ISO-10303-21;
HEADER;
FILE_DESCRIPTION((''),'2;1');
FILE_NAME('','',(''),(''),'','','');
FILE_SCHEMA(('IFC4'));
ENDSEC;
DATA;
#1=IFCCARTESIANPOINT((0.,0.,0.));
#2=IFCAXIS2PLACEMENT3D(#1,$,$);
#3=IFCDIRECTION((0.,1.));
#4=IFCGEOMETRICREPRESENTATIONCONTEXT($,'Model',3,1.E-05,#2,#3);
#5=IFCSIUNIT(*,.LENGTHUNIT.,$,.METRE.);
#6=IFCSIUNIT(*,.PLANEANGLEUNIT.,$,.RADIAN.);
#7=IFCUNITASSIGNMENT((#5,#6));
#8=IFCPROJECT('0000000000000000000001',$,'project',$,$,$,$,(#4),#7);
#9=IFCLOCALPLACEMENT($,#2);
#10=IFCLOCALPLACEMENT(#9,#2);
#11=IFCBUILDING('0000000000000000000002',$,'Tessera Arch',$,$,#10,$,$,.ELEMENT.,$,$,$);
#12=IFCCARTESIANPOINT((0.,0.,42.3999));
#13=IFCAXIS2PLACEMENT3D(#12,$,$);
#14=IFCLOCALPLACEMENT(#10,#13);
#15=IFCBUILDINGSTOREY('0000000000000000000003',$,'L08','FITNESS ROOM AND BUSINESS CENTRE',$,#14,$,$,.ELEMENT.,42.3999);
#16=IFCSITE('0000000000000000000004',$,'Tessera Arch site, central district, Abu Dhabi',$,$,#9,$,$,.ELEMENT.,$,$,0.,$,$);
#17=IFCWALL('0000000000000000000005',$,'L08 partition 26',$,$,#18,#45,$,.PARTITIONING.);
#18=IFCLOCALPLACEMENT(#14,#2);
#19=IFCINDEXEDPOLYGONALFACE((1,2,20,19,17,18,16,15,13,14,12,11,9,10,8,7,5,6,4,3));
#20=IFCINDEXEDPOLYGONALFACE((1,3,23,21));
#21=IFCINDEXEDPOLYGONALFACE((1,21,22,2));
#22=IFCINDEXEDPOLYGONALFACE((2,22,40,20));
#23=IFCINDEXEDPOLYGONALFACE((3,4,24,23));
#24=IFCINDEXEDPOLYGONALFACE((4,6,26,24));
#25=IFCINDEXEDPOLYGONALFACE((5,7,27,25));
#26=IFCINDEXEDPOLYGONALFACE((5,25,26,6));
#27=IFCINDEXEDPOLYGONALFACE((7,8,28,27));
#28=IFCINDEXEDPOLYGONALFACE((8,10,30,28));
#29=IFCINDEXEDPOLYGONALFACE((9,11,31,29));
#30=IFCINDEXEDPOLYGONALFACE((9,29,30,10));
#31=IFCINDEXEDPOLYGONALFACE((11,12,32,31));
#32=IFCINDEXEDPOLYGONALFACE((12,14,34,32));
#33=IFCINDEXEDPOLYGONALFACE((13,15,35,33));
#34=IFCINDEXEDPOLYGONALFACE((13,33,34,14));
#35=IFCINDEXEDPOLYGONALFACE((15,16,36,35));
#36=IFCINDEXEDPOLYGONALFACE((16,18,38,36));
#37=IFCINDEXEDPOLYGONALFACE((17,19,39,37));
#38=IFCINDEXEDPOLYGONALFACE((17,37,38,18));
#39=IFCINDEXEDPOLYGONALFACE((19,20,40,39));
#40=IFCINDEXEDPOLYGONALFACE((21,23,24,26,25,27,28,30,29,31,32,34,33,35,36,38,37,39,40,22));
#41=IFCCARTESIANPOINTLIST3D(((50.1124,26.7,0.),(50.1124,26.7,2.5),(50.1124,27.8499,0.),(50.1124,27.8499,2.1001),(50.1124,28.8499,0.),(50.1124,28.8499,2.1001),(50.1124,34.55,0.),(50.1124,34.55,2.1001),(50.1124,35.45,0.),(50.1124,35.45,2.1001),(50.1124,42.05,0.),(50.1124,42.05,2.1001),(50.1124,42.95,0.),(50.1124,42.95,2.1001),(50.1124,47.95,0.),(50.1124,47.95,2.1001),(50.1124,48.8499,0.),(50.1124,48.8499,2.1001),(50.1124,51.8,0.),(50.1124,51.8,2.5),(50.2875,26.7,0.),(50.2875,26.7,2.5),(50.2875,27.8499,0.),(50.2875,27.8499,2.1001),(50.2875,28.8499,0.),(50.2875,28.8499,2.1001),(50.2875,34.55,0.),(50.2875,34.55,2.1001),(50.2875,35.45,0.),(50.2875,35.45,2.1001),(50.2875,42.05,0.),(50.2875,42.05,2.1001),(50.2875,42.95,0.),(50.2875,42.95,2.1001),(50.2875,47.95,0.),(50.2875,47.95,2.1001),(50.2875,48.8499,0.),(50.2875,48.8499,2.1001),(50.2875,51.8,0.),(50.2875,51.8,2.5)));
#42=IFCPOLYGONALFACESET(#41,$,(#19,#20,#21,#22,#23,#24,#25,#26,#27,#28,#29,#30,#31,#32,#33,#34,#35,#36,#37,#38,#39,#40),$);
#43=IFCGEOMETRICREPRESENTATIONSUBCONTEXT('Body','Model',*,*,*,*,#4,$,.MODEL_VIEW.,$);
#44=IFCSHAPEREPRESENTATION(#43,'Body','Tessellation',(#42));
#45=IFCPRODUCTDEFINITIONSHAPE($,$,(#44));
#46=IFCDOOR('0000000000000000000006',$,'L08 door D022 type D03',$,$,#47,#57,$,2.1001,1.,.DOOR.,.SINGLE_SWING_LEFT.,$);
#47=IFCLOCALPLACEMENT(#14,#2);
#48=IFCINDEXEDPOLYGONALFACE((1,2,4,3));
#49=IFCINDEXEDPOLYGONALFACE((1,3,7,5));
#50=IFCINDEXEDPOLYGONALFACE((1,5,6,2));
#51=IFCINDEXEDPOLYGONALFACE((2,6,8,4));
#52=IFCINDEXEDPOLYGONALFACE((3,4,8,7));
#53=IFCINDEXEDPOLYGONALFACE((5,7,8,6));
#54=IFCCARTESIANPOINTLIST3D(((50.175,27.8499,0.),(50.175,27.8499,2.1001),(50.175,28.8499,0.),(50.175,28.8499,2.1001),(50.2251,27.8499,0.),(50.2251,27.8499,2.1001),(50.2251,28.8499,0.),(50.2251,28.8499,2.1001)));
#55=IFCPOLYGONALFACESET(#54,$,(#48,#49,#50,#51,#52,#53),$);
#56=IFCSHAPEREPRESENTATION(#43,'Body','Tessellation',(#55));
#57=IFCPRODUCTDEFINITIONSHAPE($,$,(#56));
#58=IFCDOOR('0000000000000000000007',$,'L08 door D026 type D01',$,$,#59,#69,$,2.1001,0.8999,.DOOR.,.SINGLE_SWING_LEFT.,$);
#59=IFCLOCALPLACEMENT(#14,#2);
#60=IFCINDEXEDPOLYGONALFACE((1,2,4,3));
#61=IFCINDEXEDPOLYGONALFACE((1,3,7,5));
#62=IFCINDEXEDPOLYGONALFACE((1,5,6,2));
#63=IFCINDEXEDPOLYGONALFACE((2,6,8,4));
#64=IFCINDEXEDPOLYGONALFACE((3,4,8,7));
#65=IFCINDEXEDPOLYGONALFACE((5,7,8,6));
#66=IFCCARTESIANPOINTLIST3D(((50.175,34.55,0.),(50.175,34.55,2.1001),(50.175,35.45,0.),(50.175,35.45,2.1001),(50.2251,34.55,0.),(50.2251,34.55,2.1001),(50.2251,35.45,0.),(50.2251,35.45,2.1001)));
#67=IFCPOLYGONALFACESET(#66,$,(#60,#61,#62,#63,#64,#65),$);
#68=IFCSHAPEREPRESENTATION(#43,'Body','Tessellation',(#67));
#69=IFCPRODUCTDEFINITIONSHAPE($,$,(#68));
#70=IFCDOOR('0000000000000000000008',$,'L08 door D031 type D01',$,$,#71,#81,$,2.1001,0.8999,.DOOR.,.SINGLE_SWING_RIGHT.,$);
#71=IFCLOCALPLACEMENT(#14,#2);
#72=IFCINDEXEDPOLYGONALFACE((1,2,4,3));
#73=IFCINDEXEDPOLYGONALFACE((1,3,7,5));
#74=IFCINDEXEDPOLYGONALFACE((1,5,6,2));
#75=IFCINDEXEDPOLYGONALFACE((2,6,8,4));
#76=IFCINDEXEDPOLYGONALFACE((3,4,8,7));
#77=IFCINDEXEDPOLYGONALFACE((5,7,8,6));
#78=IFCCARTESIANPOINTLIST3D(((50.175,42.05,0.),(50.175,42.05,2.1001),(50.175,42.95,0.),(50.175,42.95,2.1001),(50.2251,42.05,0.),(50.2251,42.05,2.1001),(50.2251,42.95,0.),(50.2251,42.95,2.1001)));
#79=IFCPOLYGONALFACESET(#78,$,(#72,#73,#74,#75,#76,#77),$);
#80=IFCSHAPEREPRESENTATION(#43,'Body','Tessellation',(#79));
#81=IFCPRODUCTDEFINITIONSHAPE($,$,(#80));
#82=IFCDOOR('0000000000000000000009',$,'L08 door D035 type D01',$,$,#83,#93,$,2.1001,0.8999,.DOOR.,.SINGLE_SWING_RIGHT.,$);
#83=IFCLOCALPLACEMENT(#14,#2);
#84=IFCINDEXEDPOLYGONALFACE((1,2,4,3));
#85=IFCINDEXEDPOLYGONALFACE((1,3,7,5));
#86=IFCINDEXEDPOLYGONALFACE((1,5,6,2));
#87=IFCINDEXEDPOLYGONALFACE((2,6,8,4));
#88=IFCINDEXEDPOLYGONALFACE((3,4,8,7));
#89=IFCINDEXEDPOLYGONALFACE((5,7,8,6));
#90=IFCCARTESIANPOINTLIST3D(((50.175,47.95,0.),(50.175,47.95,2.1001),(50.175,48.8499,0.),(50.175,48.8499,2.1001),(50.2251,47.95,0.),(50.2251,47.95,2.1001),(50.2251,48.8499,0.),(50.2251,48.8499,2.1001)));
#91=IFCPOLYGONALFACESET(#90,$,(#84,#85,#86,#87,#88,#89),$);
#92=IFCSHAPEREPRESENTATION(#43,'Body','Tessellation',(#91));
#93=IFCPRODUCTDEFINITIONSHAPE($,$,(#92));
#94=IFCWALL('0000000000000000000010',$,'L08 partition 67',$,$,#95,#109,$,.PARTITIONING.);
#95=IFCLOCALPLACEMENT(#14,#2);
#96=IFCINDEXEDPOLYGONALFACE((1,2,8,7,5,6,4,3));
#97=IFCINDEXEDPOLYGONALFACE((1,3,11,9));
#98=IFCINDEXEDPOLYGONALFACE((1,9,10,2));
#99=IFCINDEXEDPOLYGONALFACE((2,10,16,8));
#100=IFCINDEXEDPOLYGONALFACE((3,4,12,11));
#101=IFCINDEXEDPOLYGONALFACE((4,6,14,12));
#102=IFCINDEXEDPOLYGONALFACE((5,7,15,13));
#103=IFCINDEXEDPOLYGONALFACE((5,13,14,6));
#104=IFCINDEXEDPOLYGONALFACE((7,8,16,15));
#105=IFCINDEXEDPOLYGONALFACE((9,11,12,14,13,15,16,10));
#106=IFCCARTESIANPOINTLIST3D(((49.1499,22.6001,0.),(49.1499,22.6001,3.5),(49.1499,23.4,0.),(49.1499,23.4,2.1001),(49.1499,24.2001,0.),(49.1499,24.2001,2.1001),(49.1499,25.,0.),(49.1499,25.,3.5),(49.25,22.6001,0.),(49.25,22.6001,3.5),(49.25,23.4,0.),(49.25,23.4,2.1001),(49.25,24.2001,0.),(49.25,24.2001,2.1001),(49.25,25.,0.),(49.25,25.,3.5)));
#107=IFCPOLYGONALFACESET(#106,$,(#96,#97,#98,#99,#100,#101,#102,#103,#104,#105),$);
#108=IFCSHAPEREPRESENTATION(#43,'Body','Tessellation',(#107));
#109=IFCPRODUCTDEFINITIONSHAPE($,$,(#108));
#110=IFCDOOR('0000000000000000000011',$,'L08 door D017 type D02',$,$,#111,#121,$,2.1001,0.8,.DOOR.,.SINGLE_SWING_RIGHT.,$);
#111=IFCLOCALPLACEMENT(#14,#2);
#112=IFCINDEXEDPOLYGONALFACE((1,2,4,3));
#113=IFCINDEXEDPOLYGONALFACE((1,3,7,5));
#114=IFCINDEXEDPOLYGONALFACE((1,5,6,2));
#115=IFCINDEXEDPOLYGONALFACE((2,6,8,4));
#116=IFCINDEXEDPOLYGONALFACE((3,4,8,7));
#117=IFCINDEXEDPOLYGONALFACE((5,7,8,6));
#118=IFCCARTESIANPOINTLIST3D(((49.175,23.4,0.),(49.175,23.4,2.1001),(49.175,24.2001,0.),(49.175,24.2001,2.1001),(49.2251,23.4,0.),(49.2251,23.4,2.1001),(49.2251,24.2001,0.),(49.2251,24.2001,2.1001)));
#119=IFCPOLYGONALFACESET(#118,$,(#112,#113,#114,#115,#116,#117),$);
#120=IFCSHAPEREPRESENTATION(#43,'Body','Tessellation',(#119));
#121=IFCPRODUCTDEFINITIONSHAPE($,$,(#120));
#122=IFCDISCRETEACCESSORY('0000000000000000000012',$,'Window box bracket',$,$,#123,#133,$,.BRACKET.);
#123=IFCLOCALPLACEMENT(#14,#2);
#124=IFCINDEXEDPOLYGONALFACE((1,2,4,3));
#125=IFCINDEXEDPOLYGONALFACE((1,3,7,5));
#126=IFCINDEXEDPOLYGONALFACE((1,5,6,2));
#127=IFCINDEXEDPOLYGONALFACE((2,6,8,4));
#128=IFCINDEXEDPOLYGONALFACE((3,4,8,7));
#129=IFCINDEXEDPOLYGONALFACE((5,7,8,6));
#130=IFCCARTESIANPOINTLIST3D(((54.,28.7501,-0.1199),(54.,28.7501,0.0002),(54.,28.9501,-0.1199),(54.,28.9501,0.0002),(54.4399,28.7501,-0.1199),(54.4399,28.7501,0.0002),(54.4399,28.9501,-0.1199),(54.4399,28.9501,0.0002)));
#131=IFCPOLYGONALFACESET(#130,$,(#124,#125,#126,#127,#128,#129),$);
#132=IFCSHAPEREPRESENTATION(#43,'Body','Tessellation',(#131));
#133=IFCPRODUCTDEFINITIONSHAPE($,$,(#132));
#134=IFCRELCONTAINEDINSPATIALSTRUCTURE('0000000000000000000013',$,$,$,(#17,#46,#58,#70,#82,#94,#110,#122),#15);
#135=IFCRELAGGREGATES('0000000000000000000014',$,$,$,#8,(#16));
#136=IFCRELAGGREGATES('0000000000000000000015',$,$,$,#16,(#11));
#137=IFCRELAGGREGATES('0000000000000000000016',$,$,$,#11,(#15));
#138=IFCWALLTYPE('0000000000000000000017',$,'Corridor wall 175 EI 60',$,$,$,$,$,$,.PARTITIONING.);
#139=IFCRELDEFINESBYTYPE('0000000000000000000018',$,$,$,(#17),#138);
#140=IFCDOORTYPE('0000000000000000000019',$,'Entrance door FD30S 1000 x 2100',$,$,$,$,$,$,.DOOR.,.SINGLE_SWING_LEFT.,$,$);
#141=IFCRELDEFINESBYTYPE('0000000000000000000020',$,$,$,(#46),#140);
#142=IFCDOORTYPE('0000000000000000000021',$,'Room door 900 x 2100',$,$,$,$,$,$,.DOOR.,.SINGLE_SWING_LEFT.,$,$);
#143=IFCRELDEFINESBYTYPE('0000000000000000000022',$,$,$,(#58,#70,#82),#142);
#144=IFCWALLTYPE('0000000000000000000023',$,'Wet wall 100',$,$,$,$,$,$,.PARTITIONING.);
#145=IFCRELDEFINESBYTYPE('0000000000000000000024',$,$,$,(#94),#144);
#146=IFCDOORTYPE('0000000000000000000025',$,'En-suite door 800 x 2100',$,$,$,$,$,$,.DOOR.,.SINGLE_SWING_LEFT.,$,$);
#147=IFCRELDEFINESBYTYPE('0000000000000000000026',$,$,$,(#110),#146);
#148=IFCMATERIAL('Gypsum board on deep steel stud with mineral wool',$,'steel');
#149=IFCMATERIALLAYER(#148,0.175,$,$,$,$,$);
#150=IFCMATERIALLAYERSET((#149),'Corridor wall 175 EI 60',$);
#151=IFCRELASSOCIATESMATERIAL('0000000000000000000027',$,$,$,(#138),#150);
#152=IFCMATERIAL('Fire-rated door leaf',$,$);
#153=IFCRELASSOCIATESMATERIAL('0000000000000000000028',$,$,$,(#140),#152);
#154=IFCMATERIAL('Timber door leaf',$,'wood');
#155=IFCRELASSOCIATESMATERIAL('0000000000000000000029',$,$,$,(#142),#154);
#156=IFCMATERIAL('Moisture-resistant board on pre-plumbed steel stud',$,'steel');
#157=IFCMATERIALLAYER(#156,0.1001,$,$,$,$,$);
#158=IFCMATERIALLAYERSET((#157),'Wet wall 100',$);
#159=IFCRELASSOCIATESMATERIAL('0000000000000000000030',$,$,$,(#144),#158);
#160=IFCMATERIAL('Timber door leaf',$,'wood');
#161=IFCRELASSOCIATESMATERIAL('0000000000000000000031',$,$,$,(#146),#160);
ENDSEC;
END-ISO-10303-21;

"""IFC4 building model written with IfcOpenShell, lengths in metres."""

from ifc_helpers import new_model, si_unit, direction, frame, frame_2d, origin, origin_2d, place, context, subcontext, project, spatial, rectangle, extrude, material, layer, layer_set, type_object, element, fill, save


model = new_model("IFC4")

# Units and contexts
model_context = context("Model", 3, precision=1e-05, world=origin(), true_north=direction((0.0, 1.0)))
body_context = subcontext(model_context, "Body", "Model", "MODEL_VIEW")
ifc_project = project(units=[si_unit("LENGTHUNIT", "METRE"), si_unit("PLANEANGLEUNIT", "RADIAN")], contexts=[model_context])

# Site, building, storey
site_placement = place(None, origin())
site = spatial("IfcSite", under=ifc_project, at=site_placement, Name="Tessera Arch site, central district, Abu Dhabi", CompositionType="ELEMENT", RefElevation=0.0)
building_placement = place(site_placement, origin())
building = spatial("IfcBuilding", under=site, at=building_placement, Name="Tessera Arch", CompositionType="ELEMENT")
storey_placement = place(building_placement, frame((0.0, 0.0, 42.3999)))
storey = spatial("IfcBuildingStorey", under=building, at=storey_placement, Name="L08", Description="FITNESS ROOM AND BUSINESS CENTRE", CompositionType="ELEMENT", Elevation=42.3999)

# Shared definitions
ifc_material_1 = material(Name="Gypsum board on deep steel stud with mineral wool", Category="steel")
ifc_layer_1 = layer(ifc_material_1, 0.175)
ifc_layer_set_1 = layer_set([ifc_layer_1], Name="Corridor wall 175 EI 60")
wall_type_1 = type_object("IfcWallType", Name="Corridor wall 175 EI 60", PredefinedType="PARTITIONING", material=ifc_layer_set_1)

# Wall, openings, doors
wall_1_placement = place(storey_placement, frame((50.2, 26.7, 0.0), z_axis=(0.0, 0.0, 1.0), x_axis=(0.0, 1.0, 0.0)))
wall_1 = element("IfcWall", 1, at=wall_1_placement, inside=storey, type_object=wall_type_1, Name="L08 partition 26", PredefinedType="PARTITIONING", context=body_context, shape_type="SweptSolid", body=[
    extrude(rectangle(XDim=25.1001, YDim=0.175, at=frame_2d((12.55, 0.0))), origin(), (0.0, 0.0, 1.0), 2.5),
])
opening_1_placement = place(wall_1_placement, frame((1.1499, 0.0, 0.0)))
opening_1 = element("IfcOpeningElement", 2, at=opening_1_placement, cuts=wall_1, PredefinedType="OPENING", context=body_context, shape_type="SweptSolid", body=[
    extrude(rectangle(XDim=1.0, YDim=2.1001, at=frame_2d((0.5, 1.05))), frame((0.0, 0.0974, 0.0), z_axis=(0.0, -1.0, 0.0), x_axis=(1.0, 0.0, 0.0)), (0.0, 0.0, 1.0), 0.1951),
])
opening_2_placement = place(wall_1_placement, frame((7.8501, 0.0, 0.0)))
opening_2 = element("IfcOpeningElement", 3, at=opening_2_placement, cuts=wall_1, PredefinedType="OPENING", context=body_context, shape_type="SweptSolid", body=[
    extrude(rectangle(XDim=0.8999, YDim=2.1001, at=frame_2d((0.45, 1.05))), frame((0.0, 0.0974, 0.0), z_axis=(0.0, -1.0, 0.0), x_axis=(1.0, 0.0, 0.0)), (0.0, 0.0, 1.0), 0.1951),
])
opening_3_placement = place(wall_1_placement, frame((15.3501, 0.0, 0.0)))
opening_3 = element("IfcOpeningElement", 4, at=opening_3_placement, cuts=wall_1, PredefinedType="OPENING", context=body_context, shape_type="SweptSolid", body=[
    extrude(rectangle(XDim=0.8999, YDim=2.1001, at=frame_2d((0.45, 1.05))), frame((0.0, 0.0974, 0.0), z_axis=(0.0, -1.0, 0.0), x_axis=(1.0, 0.0, 0.0)), (0.0, 0.0, 1.0), 0.1951),
])
opening_4_placement = place(wall_1_placement, frame((21.25, 0.0, 0.0)))
opening_4 = element("IfcOpeningElement", 5, at=opening_4_placement, cuts=wall_1, PredefinedType="OPENING", context=body_context, shape_type="SweptSolid", body=[
    extrude(rectangle(XDim=0.8999, YDim=2.1001, at=frame_2d((0.45, 1.05))), frame((0.0, 0.0974, 0.0), z_axis=(0.0, -1.0, 0.0), x_axis=(1.0, 0.0, 0.0)), (0.0, 0.0, 1.0), 0.1951),
])
ifc_material_2 = material(Name="Fire-rated door leaf")
door_type_1 = type_object("IfcDoorType", Name="Entrance door FD30S 1000 x 2100", OperationType="SINGLE_SWING_LEFT", PredefinedType="DOOR", material=ifc_material_2)
door_1_placement = place(opening_1_placement, origin())
door_1 = element("IfcDoor", 6, at=door_1_placement, inside=storey, type_object=door_type_1, Name="L08 door D022 type D03", OperationType="SINGLE_SWING_LEFT", OverallHeight=2.1001, OverallWidth=1.0, PredefinedType="DOOR", context=body_context, shape_type="SweptSolid", body=[
    extrude(rectangle(XDim=1.0, YDim=2.1001, at=frame_2d((0.5, 1.05))), frame((0.0, 0.0249, 0.0), z_axis=(0.0, -1.0, 0.0), x_axis=(1.0, 0.0, 0.0)), (0.0, 0.0, 1.0), 0.05),
])
fill(opening_1, door_1)
ifc_material_3 = material(Name="Timber door leaf", Category="wood")
door_type_2 = type_object("IfcDoorType", Name="Room door 900 x 2100", OperationType="SINGLE_SWING_LEFT", PredefinedType="DOOR", material=ifc_material_3)
door_2_placement = place(opening_2_placement, origin())
door_2 = element("IfcDoor", 7, at=door_2_placement, inside=storey, type_object=door_type_2, Name="L08 door D026 type D01", OperationType="SINGLE_SWING_LEFT", OverallHeight=2.1001, OverallWidth=0.8999, PredefinedType="DOOR", context=body_context, shape_type="SweptSolid", body=[
    extrude(rectangle(XDim=0.8999, YDim=2.1001, at=frame_2d((0.45, 1.05))), frame((0.0, 0.0249, 0.0), z_axis=(0.0, -1.0, 0.0), x_axis=(1.0, 0.0, 0.0)), (0.0, 0.0, 1.0), 0.05),
])
fill(opening_2, door_2)
door_3_placement = place(opening_3_placement, origin())
door_3 = element("IfcDoor", 8, at=door_3_placement, inside=storey, type_object=door_type_2, Name="L08 door D031 type D01", OperationType="SINGLE_SWING_RIGHT", OverallHeight=2.1001, OverallWidth=0.8999, PredefinedType="DOOR", context=body_context, shape_type="SweptSolid", body=[
    extrude(rectangle(XDim=0.8999, YDim=2.1001, at=frame_2d((0.45, 1.05))), frame((0.0, 0.0249, 0.0), z_axis=(0.0, -1.0, 0.0), x_axis=(1.0, 0.0, 0.0)), (0.0, 0.0, 1.0), 0.05),
])
fill(opening_3, door_3)
door_4_placement = place(opening_4_placement, origin())
door_4 = element("IfcDoor", 9, at=door_4_placement, inside=storey, type_object=door_type_2, Name="L08 door D035 type D01", OperationType="SINGLE_SWING_RIGHT", OverallHeight=2.1001, OverallWidth=0.8999, PredefinedType="DOOR", context=body_context, shape_type="SweptSolid", body=[
    extrude(rectangle(XDim=0.8999, YDim=2.1001, at=frame_2d((0.45, 1.05))), frame((0.0, 0.0249, 0.0), z_axis=(0.0, -1.0, 0.0), x_axis=(1.0, 0.0, 0.0)), (0.0, 0.0, 1.0), 0.05),
])
fill(opening_4, door_4)

# Wall, opening, door
ifc_material_4 = material(Name="Moisture-resistant board on pre-plumbed steel stud", Category="steel")
ifc_layer_2 = layer(ifc_material_4, 0.1001)
ifc_layer_set_2 = layer_set([ifc_layer_2], Name="Wet wall 100")
wall_type_2 = type_object("IfcWallType", Name="Wet wall 100", PredefinedType="PARTITIONING", material=ifc_layer_set_2)
wall_2_placement = place(storey_placement, frame((49.2, 22.6001, 0.0), z_axis=(0.0, 0.0, 1.0), x_axis=(0.0, 1.0, 0.0)))
wall_2 = element("IfcWall", 10, at=wall_2_placement, inside=storey, type_object=wall_type_2, Name="L08 partition 67", PredefinedType="PARTITIONING", context=body_context, shape_type="SweptSolid", body=[
    extrude(rectangle(XDim=2.3999, YDim=0.1001, at=frame_2d((1.2, 0.0))), origin(), (0.0, 0.0, 1.0), 3.5),
])
opening_5_placement = place(wall_2_placement, frame((0.8, 0.0, 0.0)))
opening_5 = element("IfcOpeningElement", 11, at=opening_5_placement, cuts=wall_2, PredefinedType="OPENING", context=body_context, shape_type="SweptSolid", body=[
    extrude(rectangle(XDim=0.8, YDim=2.1001, at=frame_2d((0.3999, 1.05))), frame((0.0, 0.0601, 0.0), z_axis=(0.0, -1.0, 0.0), x_axis=(1.0, 0.0, 0.0)), (0.0, 0.0, 1.0), 0.1201),
])
ifc_material_5 = material(Name="Timber door leaf", Category="wood")
door_type_3 = type_object("IfcDoorType", Name="En-suite door 800 x 2100", OperationType="SINGLE_SWING_LEFT", PredefinedType="DOOR", material=ifc_material_5)
door_5_placement = place(opening_5_placement, origin())
door_5 = element("IfcDoor", 12, at=door_5_placement, inside=storey, type_object=door_type_3, Name="L08 door D017 type D02", OperationType="SINGLE_SWING_RIGHT", OverallHeight=2.1001, OverallWidth=0.8, PredefinedType="DOOR", context=body_context, shape_type="SweptSolid", body=[
    extrude(rectangle(XDim=0.8, YDim=2.1001, at=frame_2d((0.3999, 1.05))), frame((0.0, 0.0249, 0.0), z_axis=(0.0, -1.0, 0.0), x_axis=(1.0, 0.0, 0.0)), (0.0, 0.0, 1.0), 0.05),
])
fill(opening_5, door_5)

# Discrete accessory
discrete_accessory_placement = place(storey_placement, frame((54.22, 28.8501, -0.1199), z_axis=(0.0, 0.0, 1.0), x_axis=(1.0, 0.0, 0.0)))
element("IfcDiscreteAccessory", 13, at=discrete_accessory_placement, inside=storey, Name="Window box bracket", PredefinedType="BRACKET", context=body_context, shape_type="SweptSolid", body=[
    extrude(rectangle(XDim=0.4399, YDim=0.2, at=origin_2d()), origin(), (0.0, 0.0, 1.0), 0.1201),
])

save(model, "model.ifc")
